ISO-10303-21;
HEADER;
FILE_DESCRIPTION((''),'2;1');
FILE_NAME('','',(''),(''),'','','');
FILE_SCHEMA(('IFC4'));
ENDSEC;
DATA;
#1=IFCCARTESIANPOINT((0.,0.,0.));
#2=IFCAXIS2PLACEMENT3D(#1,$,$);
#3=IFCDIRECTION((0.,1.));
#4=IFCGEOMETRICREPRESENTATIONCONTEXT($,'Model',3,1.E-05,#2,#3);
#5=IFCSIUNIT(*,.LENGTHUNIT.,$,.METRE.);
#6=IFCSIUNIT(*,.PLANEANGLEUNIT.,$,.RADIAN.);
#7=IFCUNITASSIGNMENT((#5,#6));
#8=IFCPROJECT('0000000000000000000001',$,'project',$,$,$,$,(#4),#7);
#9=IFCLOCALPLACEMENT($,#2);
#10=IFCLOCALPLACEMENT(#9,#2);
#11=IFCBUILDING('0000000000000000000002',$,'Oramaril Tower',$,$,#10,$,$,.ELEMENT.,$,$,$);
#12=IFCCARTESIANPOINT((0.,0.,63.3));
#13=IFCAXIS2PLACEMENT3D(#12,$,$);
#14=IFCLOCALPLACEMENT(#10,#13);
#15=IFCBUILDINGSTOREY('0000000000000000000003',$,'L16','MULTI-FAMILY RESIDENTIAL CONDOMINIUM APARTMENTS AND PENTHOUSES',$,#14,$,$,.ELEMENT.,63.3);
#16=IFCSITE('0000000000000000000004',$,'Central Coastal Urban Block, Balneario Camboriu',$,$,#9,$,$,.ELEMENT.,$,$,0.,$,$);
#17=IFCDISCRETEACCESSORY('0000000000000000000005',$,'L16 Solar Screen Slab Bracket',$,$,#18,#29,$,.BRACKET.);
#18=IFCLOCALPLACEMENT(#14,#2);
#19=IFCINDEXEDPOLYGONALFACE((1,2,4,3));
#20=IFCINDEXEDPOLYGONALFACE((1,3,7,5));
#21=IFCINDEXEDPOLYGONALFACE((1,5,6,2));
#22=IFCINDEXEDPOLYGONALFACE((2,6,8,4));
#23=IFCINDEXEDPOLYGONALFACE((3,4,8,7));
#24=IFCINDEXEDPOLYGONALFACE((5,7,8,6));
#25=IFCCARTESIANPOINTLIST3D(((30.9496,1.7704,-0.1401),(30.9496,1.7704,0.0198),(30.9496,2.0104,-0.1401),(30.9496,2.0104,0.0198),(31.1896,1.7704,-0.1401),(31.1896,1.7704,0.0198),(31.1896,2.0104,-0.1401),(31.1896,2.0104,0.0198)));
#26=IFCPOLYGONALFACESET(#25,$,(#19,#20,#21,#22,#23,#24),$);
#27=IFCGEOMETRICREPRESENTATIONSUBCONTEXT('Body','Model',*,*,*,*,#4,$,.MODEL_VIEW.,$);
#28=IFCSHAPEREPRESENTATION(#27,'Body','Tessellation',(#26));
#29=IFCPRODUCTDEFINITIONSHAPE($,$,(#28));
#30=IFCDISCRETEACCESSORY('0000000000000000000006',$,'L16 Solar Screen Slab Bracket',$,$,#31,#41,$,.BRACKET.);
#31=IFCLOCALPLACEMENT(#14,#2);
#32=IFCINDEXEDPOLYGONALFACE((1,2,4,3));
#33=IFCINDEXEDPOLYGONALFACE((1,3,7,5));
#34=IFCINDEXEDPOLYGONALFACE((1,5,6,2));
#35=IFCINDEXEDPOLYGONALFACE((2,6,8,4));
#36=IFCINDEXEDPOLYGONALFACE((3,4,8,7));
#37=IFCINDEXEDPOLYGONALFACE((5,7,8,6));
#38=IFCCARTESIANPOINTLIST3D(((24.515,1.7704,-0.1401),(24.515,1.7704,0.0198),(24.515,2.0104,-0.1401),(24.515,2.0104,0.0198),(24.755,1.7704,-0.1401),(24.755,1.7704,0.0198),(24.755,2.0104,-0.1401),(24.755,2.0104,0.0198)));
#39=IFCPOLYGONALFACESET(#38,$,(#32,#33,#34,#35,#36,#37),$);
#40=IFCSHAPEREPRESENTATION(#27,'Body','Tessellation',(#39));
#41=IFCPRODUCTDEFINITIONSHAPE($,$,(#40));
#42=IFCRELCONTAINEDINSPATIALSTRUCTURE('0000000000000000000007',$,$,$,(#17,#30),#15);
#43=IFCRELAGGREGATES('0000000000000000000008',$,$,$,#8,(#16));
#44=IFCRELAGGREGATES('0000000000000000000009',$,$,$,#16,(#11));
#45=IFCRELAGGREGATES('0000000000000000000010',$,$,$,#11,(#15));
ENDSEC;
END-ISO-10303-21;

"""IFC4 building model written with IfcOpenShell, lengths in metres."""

from ifc_helpers import new_model, si_unit, direction, frame, origin, origin_2d, place, context, subcontext, project, spatial, rectangle, extrude, element, save


model = new_model("IFC4")

# Units and contexts
model_context = context("Model", 3, precision=1e-05, world=origin(), true_north=direction((0.0, 1.0)))
body_context = subcontext(model_context, "Body", "Model", "MODEL_VIEW")
ifc_project = project(units=[si_unit("LENGTHUNIT", "METRE"), si_unit("PLANEANGLEUNIT", "RADIAN")], contexts=[model_context])

# Site, building, storey
site_placement = place(None, origin())
site = spatial("IfcSite", under=ifc_project, at=site_placement, Name="Central Coastal Urban Block, Balneario Camboriu", CompositionType="ELEMENT", RefElevation=0.0)
building_placement = place(site_placement, origin())
building = spatial("IfcBuilding", under=site, at=building_placement, Name="Oramaril Tower", CompositionType="ELEMENT")
storey_placement = place(building_placement, frame((0.0, 0.0, 63.3)))
storey = spatial("IfcBuildingStorey", under=building, at=storey_placement, Name="L16", Description="MULTI-FAMILY RESIDENTIAL CONDOMINIUM APARTMENTS AND PENTHOUSES", CompositionType="ELEMENT", Elevation=63.3)

# Discrete accessories
for number, where, z_axis, x_axis, name in (
    (1, (31.0696, 1.8904, -0.1401), (0.0, 0.0, 1.0), (1.0, 0.0, 0.0), "L16 Solar Screen Slab Bracket"),
    (2, (24.635, 1.8904, -0.1401), (0.0, 0.0, 1.0), (1.0, 0.0, 0.0), "L16 Solar Screen Slab Bracket"),
):
    element("IfcDiscreteAccessory", number, at=place(storey_placement, frame(where, z_axis=z_axis, x_axis=x_axis)), inside=storey, Name=name, PredefinedType="BRACKET", context=body_context, shape_type="SweptSolid", body=[
        extrude(rectangle(XDim=0.24, YDim=0.24, at=origin_2d()), origin(), (0.0, 0.0, 1.0), 0.1599),
    ])

save(model, "model.ifc")
